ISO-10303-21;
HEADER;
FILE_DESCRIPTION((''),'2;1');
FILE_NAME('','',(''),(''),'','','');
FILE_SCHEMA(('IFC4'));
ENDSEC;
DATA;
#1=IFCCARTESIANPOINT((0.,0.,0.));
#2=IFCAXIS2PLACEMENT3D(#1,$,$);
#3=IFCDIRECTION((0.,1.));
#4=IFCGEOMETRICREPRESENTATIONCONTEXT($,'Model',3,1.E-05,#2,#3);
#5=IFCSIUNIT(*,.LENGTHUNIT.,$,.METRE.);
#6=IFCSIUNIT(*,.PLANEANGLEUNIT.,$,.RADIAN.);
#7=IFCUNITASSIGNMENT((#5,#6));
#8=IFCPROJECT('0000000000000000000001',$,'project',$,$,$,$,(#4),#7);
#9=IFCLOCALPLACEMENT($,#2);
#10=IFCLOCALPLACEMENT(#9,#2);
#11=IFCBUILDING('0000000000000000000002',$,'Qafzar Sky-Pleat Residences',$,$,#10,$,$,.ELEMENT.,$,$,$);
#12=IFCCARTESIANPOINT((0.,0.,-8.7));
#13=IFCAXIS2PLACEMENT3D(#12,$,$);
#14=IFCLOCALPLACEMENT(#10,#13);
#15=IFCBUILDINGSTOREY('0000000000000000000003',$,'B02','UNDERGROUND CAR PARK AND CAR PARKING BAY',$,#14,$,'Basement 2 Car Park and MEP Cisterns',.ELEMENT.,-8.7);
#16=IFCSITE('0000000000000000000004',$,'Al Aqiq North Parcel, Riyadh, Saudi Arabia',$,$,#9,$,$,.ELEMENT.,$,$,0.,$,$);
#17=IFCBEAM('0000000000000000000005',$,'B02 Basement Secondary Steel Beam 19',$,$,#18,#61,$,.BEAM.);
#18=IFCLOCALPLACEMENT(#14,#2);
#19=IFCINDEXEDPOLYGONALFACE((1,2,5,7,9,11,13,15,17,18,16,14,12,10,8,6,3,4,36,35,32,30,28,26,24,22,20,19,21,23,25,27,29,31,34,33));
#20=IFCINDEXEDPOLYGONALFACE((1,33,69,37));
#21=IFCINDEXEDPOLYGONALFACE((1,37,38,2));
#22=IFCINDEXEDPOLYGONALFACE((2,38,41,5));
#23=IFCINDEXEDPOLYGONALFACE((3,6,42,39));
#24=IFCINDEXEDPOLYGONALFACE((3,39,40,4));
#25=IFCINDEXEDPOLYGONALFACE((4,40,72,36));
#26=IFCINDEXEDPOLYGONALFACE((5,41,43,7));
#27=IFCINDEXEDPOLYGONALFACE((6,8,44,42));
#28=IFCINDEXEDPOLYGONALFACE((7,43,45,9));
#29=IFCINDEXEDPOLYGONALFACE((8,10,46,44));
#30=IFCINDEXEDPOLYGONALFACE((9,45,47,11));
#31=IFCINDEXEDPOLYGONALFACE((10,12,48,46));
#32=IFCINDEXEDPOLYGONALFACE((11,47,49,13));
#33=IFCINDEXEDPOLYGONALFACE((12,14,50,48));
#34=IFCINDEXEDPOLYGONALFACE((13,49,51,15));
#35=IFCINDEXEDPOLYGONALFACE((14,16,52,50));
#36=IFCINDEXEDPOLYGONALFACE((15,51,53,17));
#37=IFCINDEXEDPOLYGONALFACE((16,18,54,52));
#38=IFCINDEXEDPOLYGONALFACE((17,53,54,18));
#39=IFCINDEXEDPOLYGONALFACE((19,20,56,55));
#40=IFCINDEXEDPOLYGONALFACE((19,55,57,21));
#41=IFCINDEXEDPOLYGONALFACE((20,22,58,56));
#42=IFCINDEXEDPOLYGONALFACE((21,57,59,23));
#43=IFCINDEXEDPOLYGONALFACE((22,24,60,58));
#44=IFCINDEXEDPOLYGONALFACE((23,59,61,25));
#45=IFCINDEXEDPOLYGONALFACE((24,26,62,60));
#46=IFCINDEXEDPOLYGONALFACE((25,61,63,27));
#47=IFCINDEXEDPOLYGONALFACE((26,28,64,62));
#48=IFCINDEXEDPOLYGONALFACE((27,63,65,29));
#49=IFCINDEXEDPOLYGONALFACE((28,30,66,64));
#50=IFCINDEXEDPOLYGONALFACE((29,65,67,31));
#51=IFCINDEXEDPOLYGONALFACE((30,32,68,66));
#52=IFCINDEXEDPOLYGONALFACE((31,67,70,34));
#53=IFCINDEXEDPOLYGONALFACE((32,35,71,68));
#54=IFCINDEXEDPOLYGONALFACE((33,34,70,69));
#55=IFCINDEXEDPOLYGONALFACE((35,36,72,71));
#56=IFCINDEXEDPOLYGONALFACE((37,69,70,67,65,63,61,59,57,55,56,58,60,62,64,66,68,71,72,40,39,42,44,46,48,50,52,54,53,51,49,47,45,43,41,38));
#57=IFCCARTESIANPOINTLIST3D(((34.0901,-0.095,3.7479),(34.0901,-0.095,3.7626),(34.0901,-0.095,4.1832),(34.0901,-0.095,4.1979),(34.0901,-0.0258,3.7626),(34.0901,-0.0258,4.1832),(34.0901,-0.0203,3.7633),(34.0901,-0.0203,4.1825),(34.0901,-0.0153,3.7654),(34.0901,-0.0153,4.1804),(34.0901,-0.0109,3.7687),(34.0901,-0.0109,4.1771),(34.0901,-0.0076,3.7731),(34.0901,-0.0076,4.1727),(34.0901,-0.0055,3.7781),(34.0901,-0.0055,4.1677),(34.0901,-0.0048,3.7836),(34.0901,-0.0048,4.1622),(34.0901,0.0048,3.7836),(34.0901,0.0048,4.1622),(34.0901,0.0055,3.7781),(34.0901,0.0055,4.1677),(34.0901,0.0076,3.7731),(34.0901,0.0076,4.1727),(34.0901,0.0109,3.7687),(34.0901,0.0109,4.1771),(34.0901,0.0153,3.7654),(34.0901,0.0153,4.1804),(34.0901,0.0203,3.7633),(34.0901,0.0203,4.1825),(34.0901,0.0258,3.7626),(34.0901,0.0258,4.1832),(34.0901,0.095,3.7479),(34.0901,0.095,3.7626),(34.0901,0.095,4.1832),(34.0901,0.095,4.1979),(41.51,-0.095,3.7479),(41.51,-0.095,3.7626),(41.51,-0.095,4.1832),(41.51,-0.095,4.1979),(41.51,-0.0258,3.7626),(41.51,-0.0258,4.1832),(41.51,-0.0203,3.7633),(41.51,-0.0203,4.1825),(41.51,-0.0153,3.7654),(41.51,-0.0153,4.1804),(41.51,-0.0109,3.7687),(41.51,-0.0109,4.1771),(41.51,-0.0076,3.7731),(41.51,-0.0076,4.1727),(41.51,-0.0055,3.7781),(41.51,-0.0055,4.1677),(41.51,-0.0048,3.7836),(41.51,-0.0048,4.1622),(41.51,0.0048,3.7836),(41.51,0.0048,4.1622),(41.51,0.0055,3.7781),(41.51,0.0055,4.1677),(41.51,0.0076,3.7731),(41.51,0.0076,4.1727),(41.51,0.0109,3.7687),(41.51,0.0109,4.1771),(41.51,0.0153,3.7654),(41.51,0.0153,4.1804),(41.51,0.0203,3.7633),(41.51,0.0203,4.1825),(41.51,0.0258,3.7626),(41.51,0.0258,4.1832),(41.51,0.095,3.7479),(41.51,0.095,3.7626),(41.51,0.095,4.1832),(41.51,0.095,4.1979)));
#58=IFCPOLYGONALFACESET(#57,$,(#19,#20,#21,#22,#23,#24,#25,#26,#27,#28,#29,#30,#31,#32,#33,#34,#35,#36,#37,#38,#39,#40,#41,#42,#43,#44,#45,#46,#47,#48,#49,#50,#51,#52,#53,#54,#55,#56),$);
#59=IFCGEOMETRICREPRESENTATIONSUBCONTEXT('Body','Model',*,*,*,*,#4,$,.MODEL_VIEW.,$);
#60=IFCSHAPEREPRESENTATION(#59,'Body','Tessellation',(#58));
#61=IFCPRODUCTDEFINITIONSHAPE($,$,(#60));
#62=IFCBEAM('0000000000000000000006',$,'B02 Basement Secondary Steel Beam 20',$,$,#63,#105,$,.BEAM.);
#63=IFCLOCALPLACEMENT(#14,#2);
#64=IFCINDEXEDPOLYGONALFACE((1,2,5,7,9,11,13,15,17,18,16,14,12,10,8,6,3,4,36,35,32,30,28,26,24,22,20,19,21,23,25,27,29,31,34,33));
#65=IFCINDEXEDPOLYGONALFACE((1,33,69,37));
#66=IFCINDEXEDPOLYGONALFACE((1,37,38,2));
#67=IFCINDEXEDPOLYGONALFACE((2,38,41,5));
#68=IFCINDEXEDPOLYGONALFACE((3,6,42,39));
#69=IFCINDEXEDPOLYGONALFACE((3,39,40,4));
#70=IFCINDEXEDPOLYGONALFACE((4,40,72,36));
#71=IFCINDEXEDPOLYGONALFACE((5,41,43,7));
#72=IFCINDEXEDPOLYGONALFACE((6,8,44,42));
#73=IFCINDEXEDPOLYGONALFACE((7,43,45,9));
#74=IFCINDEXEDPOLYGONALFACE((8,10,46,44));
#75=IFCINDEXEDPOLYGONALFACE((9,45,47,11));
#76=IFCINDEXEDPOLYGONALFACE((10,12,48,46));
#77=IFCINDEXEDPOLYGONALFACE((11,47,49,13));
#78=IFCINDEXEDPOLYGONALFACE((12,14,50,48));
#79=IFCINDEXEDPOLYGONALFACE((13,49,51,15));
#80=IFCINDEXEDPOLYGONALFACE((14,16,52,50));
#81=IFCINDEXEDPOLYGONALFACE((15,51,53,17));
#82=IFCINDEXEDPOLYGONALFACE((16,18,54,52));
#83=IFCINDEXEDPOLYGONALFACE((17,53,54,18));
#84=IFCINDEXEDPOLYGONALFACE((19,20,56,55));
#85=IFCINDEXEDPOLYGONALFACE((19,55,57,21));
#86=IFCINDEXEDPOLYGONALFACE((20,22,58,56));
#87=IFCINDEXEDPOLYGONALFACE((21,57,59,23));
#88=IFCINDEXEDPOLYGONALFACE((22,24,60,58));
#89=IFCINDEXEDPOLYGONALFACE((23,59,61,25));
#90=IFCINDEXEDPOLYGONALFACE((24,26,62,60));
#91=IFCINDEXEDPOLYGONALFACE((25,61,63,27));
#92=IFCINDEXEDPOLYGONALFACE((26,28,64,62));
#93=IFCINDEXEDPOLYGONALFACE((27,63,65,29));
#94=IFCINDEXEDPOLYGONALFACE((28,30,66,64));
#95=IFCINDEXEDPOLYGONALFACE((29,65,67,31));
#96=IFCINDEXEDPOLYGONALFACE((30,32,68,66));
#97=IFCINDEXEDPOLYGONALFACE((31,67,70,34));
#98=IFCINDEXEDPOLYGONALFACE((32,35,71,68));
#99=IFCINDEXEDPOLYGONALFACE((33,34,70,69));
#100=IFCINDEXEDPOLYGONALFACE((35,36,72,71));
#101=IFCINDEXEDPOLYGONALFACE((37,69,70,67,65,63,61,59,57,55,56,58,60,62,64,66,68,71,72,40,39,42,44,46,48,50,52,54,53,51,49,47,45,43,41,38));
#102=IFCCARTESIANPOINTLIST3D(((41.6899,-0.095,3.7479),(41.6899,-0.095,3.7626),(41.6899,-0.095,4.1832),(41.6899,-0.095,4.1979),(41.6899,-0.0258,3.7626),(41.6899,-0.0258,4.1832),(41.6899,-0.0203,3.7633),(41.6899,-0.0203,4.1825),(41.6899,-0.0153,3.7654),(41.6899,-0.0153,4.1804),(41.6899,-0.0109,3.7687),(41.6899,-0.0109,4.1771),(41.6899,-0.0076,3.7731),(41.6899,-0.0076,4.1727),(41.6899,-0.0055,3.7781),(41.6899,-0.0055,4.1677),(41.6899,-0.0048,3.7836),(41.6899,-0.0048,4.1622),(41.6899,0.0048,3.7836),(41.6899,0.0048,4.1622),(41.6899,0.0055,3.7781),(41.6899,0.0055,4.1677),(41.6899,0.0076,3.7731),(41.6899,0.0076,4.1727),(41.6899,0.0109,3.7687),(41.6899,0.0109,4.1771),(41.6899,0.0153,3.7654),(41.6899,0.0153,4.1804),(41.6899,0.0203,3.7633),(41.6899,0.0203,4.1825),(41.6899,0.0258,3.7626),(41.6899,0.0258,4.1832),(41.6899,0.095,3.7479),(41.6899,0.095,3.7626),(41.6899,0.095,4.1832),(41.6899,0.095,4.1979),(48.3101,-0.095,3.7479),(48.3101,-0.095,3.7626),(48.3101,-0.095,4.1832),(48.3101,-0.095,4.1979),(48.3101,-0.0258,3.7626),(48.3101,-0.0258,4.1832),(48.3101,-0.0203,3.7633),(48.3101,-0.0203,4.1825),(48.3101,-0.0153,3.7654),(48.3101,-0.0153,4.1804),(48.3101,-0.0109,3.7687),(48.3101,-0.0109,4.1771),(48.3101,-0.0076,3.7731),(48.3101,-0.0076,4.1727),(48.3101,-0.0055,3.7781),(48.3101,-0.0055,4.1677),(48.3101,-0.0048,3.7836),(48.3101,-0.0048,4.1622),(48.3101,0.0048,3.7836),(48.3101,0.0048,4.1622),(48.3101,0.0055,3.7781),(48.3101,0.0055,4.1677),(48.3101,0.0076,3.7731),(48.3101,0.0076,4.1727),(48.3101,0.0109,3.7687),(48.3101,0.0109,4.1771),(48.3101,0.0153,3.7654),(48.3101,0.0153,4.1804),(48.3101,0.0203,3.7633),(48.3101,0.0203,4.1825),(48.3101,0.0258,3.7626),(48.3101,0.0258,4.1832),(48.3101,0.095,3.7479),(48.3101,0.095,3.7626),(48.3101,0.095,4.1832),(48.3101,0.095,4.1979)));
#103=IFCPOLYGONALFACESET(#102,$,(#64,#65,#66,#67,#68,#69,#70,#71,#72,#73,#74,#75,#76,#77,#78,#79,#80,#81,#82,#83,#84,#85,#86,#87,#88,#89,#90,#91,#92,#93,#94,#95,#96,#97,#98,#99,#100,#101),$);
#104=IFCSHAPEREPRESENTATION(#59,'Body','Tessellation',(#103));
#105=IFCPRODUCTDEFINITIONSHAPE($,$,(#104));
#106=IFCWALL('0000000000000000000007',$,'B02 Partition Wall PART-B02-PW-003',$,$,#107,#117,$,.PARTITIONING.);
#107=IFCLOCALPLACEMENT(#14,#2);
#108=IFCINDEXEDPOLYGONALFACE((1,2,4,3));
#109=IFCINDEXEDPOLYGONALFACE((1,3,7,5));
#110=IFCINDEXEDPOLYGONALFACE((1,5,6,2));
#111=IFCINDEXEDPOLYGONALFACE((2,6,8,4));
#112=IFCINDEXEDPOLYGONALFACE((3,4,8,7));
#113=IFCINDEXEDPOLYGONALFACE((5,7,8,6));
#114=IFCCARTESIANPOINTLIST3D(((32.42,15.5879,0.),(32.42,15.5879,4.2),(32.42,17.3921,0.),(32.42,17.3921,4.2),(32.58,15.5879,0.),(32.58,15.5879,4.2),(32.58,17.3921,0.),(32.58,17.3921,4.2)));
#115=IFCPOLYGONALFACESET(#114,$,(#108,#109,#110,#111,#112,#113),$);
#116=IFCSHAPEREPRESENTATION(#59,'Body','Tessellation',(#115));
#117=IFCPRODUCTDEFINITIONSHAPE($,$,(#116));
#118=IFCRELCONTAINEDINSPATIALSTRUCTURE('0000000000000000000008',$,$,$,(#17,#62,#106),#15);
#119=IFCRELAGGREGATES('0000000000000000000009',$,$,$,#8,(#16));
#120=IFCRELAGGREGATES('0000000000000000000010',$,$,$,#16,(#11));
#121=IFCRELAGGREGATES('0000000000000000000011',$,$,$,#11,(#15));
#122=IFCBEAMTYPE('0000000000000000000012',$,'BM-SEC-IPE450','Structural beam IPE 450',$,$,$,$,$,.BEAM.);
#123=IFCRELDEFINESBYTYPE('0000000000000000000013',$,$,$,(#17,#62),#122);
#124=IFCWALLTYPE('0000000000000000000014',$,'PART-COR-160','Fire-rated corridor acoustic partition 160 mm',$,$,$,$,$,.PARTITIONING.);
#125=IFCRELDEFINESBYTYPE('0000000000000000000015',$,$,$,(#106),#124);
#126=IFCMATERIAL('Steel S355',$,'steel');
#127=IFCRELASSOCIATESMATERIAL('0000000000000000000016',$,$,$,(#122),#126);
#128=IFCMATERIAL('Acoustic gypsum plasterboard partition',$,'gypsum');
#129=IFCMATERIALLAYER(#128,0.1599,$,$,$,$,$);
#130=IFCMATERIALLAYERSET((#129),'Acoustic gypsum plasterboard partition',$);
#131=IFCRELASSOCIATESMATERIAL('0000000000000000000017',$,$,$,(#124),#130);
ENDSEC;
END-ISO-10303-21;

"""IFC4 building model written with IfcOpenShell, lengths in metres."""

from ifc_helpers import new_model, si_unit, direction, frame, frame_2d, origin, origin_2d, place, context, subcontext, project, spatial, rectangle, i_section, extrude, source, transform, mapped, material, layer, layer_set, material_profile, profile_set, type_object, element, save


model = new_model("IFC4")

# Units and contexts
model_context = context("Model", 3, precision=1e-05, world=origin(), true_north=direction((0.0, 1.0)))
body_context = subcontext(model_context, "Body", "Model", "MODEL_VIEW")
ifc_project = project(units=[si_unit("LENGTHUNIT", "METRE"), si_unit("PLANEANGLEUNIT", "RADIAN")], contexts=[model_context])

# Site, building, storey
site_placement = place(None, origin())
site = spatial("IfcSite", under=ifc_project, at=site_placement, Name="Al Aqiq North Parcel, Riyadh, Saudi Arabia", CompositionType="ELEMENT", RefElevation=0.0)
building_placement = place(site_placement, origin())
building = spatial("IfcBuilding", under=site, at=building_placement, Name="Qafzar Sky-Pleat Residences", CompositionType="ELEMENT")
storey_placement = place(building_placement, frame((0.0, 0.0, -8.7)))
storey = spatial("IfcBuildingStorey", under=building, at=storey_placement, Name="B02", Description="UNDERGROUND CAR PARK AND CAR PARKING BAY", LongName="Basement 2 Car Park and MEP Cisterns", CompositionType="ELEMENT", Elevation=-8.7)

# Beams
ifc_material_1 = material(Name="Steel S355", Category="steel")
ifc_material_profile_1 = material_profile(ifc_material_1, i_section(OverallWidth=0.1899, OverallDepth=0.45, WebThickness=0.0095, FlangeThickness=0.0146, FilletRadius=0.021, at=origin_2d()), Name="IPE 450")
ifc_profile_set_1 = profile_set([ifc_material_profile_1], Name="Steel S355")
beam_type_1 = type_object("IfcBeamType", Name="BM-SEC-IPE450", Description="Structural beam IPE 450", PredefinedType="BEAM", material=ifc_profile_set_1)
shared_shape_1 = source(origin(), body_context, "Body", "SweptSolid", [
    extrude(i_section(OverallWidth=0.1899, OverallDepth=0.45, WebThickness=0.0095, FlangeThickness=0.0146, FilletRadius=0.021, at=origin_2d()), origin(), (0.0, 0.0, 1.0), 7.4199),
])
beam_1_placement = place(storey_placement, frame((34.0901, 0.0, 3.9729), z_axis=(1.0, 0.0, 0.0), x_axis=(0.0, 1.0, 0.0)))
element("IfcBeam", 1, at=beam_1_placement, inside=storey, type_object=beam_type_1, Name="B02 Basement Secondary Steel Beam 19", PredefinedType="BEAM", context=body_context, shape_type="MappedRepresentation", body=[
    mapped(shared_shape_1, transform((0.0, 0.0, 0.0), x_axis=(1.0, 0.0, 0.0), y_axis=(0.0, 1.0, 0.0), z_axis=(0.0, 0.0, 1.0), scale=1.0)),
])
shared_shape_2 = source(origin(), body_context, "Body", "SweptSolid", [
    extrude(i_section(OverallWidth=0.1899, OverallDepth=0.45, WebThickness=0.0095, FlangeThickness=0.0146, FilletRadius=0.021, at=origin_2d()), origin(), (0.0, 0.0, 1.0), 6.6201),
])
beam_2_placement = place(storey_placement, frame((41.6899, 0.0, 3.9729), z_axis=(1.0, 0.0, 0.0), x_axis=(0.0, 1.0, 0.0)))
element("IfcBeam", 2, at=beam_2_placement, inside=storey, type_object=beam_type_1, Name="B02 Basement Secondary Steel Beam 20", PredefinedType="BEAM", context=body_context, shape_type="MappedRepresentation", body=[
    mapped(shared_shape_2, transform((0.0, 0.0, 0.0), x_axis=(1.0, 0.0, 0.0), y_axis=(0.0, 1.0, 0.0), z_axis=(0.0, 0.0, 1.0), scale=1.0)),
])

# Wall
ifc_material_2 = material(Name="Acoustic gypsum plasterboard partition", Category="gypsum")
ifc_layer = layer(ifc_material_2, 0.1599)
ifc_layer_set = layer_set([ifc_layer], Name="Acoustic gypsum plasterboard partition")
wall_type = type_object("IfcWallType", Name="PART-COR-160", Description="Fire-rated corridor acoustic partition 160 mm", PredefinedType="PARTITIONING", material=ifc_layer_set)
wall_placement = place(storey_placement, frame((32.5, 15.5879, 0.0), z_axis=(0.0, 0.0, 1.0), x_axis=(0.0, 1.0, 0.0)))
element("IfcWall", 3, at=wall_placement, inside=storey, type_object=wall_type, Name="B02 Partition Wall PART-B02-PW-003", PredefinedType="PARTITIONING", context=body_context, shape_type="SweptSolid", body=[
    extrude(rectangle(XDim=1.8042, YDim=0.1599, at=frame_2d((0.9021, 0.0))), origin(), (0.0, 0.0, 1.0), 4.2),
])

save(model, "model.ifc")
